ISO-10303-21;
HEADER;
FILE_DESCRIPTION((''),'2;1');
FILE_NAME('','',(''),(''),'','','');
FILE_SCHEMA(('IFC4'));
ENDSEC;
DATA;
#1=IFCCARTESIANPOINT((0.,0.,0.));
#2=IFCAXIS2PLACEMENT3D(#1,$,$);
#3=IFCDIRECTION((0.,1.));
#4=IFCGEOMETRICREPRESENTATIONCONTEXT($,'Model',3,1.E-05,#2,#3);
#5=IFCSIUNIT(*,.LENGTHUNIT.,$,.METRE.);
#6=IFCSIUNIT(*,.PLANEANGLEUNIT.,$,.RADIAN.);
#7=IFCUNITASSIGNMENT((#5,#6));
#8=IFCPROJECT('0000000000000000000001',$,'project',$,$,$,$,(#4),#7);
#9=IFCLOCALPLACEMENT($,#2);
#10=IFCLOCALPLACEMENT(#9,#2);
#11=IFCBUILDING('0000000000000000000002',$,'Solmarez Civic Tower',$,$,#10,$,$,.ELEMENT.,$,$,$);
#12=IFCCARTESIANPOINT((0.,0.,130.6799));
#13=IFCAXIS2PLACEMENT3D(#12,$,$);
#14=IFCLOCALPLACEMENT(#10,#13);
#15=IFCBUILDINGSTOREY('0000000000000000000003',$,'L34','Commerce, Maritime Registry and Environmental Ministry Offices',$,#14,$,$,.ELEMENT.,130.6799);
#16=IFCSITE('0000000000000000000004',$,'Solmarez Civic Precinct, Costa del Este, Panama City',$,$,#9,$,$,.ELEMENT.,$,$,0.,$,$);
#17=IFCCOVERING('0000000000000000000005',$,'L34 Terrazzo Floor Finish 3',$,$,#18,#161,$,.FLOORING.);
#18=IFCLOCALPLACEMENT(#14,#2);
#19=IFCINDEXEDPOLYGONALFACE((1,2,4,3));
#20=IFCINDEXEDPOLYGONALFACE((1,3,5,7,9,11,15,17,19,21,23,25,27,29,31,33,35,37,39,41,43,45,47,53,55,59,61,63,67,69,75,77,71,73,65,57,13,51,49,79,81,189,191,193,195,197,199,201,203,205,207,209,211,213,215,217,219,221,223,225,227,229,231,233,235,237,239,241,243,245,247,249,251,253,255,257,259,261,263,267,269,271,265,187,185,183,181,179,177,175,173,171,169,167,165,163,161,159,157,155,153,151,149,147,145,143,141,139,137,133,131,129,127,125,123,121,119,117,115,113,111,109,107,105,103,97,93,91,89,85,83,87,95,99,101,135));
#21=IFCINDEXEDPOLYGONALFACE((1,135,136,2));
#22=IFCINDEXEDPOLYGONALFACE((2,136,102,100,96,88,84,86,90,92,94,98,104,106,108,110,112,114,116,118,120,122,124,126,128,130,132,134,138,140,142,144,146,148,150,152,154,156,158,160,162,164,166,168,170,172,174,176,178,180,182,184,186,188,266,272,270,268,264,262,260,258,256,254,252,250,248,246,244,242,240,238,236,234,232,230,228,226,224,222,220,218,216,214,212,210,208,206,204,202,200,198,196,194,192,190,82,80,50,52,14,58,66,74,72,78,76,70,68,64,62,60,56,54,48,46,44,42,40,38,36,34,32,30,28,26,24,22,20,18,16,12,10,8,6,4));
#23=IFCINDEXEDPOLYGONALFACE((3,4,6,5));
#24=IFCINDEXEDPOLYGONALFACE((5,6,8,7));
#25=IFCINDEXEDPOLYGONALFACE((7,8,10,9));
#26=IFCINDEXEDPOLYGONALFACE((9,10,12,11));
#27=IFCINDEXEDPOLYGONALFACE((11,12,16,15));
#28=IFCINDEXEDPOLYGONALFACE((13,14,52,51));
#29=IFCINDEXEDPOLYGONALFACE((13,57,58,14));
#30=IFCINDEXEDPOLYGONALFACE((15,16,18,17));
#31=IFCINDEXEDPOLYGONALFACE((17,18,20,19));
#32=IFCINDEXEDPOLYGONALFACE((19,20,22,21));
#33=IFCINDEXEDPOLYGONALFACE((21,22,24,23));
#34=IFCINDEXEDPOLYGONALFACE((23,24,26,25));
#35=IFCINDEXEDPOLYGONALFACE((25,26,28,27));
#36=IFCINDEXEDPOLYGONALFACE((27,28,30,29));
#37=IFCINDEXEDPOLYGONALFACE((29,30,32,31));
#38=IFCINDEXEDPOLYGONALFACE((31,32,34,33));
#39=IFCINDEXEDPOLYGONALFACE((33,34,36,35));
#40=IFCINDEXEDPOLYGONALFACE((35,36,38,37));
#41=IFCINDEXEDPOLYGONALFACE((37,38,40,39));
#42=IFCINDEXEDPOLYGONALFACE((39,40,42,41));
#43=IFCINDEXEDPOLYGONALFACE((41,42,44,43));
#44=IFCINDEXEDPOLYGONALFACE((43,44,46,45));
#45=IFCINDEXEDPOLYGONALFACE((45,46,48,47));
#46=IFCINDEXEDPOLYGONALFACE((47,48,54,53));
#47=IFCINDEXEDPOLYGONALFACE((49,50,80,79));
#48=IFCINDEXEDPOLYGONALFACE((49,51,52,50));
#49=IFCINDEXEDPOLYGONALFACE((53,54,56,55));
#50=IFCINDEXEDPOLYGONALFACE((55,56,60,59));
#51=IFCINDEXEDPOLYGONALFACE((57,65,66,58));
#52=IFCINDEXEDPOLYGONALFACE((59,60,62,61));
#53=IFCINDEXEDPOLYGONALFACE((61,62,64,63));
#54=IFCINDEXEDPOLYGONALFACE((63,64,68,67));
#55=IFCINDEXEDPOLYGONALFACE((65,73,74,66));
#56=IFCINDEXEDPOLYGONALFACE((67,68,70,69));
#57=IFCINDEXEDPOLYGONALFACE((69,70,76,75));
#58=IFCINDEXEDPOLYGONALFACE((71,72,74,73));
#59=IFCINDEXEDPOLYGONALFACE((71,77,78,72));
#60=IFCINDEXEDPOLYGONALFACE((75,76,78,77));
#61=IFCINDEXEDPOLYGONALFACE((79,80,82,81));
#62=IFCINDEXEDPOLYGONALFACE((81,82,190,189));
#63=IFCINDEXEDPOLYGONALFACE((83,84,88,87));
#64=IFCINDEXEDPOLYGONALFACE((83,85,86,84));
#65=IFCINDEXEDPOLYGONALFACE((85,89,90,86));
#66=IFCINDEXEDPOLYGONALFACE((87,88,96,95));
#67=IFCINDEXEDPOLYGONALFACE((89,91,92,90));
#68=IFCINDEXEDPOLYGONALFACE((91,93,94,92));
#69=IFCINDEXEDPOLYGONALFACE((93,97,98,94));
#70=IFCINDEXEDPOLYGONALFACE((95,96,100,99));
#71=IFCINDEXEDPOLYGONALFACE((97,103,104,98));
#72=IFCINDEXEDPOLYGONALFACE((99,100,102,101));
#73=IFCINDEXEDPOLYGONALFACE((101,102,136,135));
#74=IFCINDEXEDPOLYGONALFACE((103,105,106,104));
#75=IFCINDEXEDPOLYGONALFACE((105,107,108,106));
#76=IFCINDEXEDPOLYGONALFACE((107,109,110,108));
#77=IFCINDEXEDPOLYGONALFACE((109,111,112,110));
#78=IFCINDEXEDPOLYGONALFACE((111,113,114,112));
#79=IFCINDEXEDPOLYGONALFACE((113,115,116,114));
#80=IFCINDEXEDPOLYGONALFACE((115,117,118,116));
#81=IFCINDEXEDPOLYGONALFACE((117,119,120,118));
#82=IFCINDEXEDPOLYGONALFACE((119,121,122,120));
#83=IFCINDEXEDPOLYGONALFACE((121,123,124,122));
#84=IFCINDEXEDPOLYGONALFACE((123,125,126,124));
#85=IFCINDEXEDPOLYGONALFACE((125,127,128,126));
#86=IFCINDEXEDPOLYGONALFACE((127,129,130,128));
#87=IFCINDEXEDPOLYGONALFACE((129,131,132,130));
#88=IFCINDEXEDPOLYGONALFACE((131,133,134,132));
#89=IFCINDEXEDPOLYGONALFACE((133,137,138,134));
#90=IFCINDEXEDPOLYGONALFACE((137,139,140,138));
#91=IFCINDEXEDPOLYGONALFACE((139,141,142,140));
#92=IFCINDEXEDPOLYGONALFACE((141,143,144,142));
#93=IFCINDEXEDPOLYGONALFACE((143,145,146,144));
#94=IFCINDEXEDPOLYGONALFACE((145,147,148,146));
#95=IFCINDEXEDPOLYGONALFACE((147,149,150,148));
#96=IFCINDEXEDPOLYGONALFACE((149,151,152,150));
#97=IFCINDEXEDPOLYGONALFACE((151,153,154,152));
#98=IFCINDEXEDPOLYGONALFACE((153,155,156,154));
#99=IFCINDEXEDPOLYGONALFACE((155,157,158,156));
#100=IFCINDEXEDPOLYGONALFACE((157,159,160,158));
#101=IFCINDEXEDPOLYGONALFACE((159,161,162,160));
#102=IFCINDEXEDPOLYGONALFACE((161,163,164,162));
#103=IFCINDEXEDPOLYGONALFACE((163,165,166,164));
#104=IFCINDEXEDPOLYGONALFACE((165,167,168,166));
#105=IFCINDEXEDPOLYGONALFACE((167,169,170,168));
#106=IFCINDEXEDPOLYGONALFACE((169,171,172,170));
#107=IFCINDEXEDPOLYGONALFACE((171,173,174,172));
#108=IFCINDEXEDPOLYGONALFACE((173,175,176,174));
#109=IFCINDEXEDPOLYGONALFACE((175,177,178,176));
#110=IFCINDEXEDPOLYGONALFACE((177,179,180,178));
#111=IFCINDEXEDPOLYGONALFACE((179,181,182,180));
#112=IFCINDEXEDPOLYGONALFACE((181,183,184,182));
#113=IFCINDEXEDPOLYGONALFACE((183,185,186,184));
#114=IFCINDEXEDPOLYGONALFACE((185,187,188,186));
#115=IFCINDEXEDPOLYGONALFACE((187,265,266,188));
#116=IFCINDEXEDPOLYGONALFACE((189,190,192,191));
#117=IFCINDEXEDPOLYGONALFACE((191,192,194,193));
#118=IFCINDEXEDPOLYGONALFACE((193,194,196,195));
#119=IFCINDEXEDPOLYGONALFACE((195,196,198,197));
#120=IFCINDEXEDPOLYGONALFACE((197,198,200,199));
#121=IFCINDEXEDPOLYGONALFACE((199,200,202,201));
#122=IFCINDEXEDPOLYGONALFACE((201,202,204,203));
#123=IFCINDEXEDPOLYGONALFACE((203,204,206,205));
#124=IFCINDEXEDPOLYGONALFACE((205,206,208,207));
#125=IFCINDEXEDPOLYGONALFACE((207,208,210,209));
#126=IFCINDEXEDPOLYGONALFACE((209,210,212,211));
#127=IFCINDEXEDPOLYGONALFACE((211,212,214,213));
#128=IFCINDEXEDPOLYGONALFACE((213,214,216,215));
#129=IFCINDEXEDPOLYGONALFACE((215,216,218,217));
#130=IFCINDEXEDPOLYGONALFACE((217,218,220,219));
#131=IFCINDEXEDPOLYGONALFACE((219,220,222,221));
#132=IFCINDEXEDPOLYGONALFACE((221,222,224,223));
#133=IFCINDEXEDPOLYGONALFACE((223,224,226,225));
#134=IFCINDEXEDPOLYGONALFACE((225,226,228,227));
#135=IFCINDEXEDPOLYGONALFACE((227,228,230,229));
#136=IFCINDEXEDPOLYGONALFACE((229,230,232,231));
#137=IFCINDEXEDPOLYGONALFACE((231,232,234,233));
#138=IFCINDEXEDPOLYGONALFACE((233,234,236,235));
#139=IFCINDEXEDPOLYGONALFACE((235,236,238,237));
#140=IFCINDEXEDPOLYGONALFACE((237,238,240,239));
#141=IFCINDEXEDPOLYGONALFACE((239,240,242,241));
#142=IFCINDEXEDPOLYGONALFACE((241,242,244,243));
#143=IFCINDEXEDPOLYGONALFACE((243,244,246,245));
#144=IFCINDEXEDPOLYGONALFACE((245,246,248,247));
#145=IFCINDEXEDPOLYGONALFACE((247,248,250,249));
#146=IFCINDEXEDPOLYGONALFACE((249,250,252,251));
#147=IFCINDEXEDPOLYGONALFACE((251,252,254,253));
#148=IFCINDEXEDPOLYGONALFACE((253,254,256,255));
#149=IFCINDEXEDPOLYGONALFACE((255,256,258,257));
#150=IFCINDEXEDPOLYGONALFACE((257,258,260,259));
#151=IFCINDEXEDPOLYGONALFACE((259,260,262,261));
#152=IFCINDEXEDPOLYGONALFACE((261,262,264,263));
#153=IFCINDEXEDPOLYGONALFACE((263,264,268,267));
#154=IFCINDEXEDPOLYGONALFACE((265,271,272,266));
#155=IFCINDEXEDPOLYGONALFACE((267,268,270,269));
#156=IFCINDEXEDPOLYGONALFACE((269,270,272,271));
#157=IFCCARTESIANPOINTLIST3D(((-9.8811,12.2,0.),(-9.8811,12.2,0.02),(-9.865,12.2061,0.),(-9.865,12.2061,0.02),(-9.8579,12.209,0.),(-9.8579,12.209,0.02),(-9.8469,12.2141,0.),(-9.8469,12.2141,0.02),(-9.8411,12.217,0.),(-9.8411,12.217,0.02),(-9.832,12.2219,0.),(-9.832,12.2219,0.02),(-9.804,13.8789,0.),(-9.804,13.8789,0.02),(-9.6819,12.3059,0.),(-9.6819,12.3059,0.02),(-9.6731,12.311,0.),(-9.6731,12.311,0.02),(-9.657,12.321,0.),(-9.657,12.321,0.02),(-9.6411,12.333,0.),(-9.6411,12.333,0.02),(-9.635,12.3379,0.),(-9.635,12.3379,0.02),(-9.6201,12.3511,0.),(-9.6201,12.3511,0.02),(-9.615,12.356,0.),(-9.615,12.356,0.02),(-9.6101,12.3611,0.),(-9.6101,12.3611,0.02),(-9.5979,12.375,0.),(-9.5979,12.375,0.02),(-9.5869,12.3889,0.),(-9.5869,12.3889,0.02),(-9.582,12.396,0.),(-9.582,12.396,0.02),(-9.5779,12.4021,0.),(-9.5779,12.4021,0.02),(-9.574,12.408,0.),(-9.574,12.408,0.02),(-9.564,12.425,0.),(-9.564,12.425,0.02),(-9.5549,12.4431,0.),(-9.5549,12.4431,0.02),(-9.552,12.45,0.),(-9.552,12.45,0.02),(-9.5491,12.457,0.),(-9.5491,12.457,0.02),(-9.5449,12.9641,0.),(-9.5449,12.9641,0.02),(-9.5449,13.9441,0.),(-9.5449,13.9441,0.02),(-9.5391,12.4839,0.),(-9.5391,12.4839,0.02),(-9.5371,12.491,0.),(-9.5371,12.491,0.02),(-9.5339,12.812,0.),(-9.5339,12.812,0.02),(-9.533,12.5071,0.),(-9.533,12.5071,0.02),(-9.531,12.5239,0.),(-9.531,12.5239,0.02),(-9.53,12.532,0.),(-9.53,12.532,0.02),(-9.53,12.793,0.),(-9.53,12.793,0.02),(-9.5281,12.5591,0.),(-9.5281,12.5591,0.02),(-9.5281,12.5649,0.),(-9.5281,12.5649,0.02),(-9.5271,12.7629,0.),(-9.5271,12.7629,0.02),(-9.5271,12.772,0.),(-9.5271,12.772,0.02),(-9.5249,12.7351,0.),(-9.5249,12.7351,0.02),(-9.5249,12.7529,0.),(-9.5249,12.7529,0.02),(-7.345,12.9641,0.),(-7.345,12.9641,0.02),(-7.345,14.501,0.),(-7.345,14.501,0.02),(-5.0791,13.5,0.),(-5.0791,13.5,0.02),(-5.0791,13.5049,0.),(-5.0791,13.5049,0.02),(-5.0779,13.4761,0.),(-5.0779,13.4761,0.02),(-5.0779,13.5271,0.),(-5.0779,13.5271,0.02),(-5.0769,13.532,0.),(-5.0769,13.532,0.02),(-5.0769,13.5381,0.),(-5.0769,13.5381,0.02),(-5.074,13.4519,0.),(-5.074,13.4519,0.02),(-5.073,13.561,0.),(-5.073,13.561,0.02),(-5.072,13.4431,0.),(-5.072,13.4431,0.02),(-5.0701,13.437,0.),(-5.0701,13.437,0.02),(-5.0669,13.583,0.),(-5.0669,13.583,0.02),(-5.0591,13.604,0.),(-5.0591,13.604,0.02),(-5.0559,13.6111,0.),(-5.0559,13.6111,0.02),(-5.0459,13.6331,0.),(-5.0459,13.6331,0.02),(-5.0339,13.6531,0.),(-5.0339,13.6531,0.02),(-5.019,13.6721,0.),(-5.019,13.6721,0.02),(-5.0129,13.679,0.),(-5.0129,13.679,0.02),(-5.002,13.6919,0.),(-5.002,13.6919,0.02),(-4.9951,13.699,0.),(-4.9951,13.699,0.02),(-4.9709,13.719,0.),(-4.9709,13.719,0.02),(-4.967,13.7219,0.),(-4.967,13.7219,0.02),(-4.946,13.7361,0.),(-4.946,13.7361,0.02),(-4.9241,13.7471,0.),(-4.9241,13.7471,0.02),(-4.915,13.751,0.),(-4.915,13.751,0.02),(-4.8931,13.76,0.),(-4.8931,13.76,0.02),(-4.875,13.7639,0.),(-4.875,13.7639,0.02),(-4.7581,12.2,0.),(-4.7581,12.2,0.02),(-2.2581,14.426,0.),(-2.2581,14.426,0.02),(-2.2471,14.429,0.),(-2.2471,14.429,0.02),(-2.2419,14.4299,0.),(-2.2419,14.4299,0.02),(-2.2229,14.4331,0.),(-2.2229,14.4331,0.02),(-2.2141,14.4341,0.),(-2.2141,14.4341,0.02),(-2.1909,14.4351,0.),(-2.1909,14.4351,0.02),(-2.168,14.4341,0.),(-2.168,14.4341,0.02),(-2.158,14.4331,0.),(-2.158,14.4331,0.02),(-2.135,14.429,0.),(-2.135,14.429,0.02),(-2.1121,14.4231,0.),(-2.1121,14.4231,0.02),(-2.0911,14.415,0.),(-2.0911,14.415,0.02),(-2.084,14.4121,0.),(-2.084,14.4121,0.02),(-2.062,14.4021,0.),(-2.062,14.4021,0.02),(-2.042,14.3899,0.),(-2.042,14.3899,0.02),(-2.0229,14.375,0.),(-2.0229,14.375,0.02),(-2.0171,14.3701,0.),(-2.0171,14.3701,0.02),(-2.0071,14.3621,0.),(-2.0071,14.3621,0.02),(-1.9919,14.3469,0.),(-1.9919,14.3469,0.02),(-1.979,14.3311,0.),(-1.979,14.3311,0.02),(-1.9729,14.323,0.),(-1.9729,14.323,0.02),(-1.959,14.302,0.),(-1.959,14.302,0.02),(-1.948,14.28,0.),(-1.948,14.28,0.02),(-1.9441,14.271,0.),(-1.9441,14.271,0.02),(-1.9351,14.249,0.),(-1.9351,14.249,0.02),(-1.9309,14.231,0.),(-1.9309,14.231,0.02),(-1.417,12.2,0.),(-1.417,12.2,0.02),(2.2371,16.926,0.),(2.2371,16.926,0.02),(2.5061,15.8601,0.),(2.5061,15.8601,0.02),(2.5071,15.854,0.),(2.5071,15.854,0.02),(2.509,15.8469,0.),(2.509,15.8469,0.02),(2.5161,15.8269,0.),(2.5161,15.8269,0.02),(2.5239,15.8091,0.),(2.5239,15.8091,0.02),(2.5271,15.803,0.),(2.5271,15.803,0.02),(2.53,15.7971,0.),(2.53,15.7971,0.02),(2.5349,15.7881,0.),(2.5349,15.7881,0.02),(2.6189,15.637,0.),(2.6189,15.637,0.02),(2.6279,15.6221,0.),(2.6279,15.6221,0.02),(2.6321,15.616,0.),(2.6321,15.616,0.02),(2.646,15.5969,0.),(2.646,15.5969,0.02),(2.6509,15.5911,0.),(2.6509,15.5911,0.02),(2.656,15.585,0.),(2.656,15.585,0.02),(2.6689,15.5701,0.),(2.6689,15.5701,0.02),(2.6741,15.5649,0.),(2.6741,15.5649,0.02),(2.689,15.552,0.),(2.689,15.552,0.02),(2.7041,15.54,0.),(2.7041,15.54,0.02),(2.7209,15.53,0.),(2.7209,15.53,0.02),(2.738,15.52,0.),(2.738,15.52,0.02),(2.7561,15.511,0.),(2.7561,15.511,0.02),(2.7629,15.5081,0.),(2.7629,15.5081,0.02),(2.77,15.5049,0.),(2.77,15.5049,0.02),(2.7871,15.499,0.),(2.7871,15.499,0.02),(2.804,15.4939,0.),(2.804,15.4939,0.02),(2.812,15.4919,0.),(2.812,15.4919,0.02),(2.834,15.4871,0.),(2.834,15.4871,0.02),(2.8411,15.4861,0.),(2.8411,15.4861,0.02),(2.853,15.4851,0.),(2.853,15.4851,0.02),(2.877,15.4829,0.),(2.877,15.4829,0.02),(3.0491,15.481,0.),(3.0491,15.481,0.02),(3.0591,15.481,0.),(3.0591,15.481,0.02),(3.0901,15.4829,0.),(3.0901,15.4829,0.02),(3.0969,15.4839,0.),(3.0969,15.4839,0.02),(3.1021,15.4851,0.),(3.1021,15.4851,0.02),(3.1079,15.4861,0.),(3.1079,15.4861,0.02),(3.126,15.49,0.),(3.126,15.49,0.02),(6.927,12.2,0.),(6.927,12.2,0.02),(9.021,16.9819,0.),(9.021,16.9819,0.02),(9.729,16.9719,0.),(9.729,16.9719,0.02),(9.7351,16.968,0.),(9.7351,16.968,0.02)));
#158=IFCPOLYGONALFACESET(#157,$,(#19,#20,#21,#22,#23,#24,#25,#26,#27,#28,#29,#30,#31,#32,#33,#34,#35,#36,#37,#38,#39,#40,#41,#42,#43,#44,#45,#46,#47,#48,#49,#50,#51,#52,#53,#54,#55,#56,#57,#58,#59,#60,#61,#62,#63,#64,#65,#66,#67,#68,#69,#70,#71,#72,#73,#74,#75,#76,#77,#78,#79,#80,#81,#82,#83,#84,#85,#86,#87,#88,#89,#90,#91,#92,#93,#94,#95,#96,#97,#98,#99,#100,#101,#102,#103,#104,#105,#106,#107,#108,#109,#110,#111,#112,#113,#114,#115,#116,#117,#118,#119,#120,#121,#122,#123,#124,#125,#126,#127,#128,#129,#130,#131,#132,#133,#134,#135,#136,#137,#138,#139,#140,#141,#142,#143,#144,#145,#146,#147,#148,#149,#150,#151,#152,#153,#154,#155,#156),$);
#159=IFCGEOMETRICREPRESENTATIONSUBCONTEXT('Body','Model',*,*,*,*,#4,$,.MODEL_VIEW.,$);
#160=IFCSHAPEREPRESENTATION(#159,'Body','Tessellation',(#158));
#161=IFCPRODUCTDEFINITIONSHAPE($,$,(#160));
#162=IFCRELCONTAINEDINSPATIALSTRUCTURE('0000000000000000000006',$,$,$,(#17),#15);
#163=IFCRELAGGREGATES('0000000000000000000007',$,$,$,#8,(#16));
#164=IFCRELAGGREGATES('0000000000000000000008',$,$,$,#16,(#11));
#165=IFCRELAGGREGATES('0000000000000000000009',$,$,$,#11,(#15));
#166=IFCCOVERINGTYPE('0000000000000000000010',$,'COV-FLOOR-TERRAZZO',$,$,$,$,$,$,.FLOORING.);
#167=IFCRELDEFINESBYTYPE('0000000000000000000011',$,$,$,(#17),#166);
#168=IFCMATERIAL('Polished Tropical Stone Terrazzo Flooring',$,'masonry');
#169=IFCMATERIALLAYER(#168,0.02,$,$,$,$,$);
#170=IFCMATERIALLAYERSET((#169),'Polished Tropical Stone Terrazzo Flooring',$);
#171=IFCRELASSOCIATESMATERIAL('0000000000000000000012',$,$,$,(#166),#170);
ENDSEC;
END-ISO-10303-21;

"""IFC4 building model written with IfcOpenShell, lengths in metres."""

from ifc_helpers import new_model, si_unit, direction, frame, origin, place, context, subcontext, project, spatial, polyline, outline, extrude, material, layer, layer_set, type_object, element, save


model = new_model("IFC4")

# Units and contexts
model_context = context("Model", 3, precision=1e-05, world=origin(), true_north=direction((0.0, 1.0)))
body_context = subcontext(model_context, "Body", "Model", "MODEL_VIEW")
ifc_project = project(units=[si_unit("LENGTHUNIT", "METRE"), si_unit("PLANEANGLEUNIT", "RADIAN")], contexts=[model_context])

# Site, building, storey
site_placement = place(None, origin())
site = spatial("IfcSite", under=ifc_project, at=site_placement, Name="Solmarez Civic Precinct, Costa del Este, Panama City", CompositionType="ELEMENT", RefElevation=0.0)
building_placement = place(site_placement, origin())
building = spatial("IfcBuilding", under=site, at=building_placement, Name="Solmarez Civic Tower", CompositionType="ELEMENT")
storey_placement = place(building_placement, frame((0.0, 0.0, 130.6799)))
storey = spatial("IfcBuildingStorey", under=building, at=storey_placement, Name="L34", Description="Commerce, Maritime Registry and Environmental Ministry Offices", CompositionType="ELEMENT", Elevation=130.6799)

# Covering
ifc_material_1 = material(Name="Polished Tropical Stone Terrazzo Flooring", Category="masonry")
ifc_layer_1 = layer(ifc_material_1, 0.02)
ifc_layer_set_1 = layer_set([ifc_layer_1], Name="Polished Tropical Stone Terrazzo Flooring")
covering_type_1 = type_object("IfcCoveringType", Name="COV-FLOOR-TERRAZZO", PredefinedType="FLOORING", material=ifc_layer_set_1)
covering_1_placement = place(storey_placement, origin())
element("IfcCovering", 1, at=covering_1_placement, inside=storey, type_object=covering_type_1, Name="L34 Terrazzo Floor Finish 3", PredefinedType="FLOORING", context=body_context, shape_type="SweptSolid", body=[
    extrude(outline(polyline([(-9.804, 13.8789), (-9.5339, 12.812), (-9.53, 12.793), (-9.5271, 12.772), (-9.5271, 12.7629), (-9.5249, 12.7529), (-9.5249, 12.7351), (-9.5281, 12.5649), (-9.5281, 12.5591), (-9.53, 12.532), (-9.531, 12.5239), (-9.533, 12.5071), (-9.5371, 12.491), (-9.5391, 12.4839), (-9.5491, 12.457), (-9.552, 12.45), (-9.5549, 12.4431), (-9.564, 12.425), (-9.574, 12.408), (-9.5779, 12.4021), (-9.582, 12.396), (-9.5869, 12.3889), (-9.5979, 12.375), (-9.6101, 12.3611), (-9.615, 12.356), (-9.6201, 12.3511), (-9.635, 12.3379), (-9.6411, 12.333), (-9.657, 12.321), (-9.6731, 12.311), (-9.6819, 12.3059), (-9.832, 12.2219), (-9.8411, 12.217), (-9.8469, 12.2141), (-9.8579, 12.209), (-9.865, 12.2061), (-9.8811, 12.2), (-4.7581, 12.2), (-5.0701, 13.437), (-5.072, 13.4431), (-5.074, 13.4519), (-5.0779, 13.4761), (-5.0791, 13.5), (-5.0791, 13.5049), (-5.0779, 13.5271), (-5.0769, 13.532), (-5.0769, 13.5381), (-5.073, 13.561), (-5.0669, 13.583), (-5.0591, 13.604), (-5.0559, 13.6111), (-5.0459, 13.6331), (-5.0339, 13.6531), (-5.019, 13.6721), (-5.0129, 13.679), (-5.002, 13.6919), (-4.9951, 13.699), (-4.9709, 13.719), (-4.967, 13.7219), (-4.946, 13.7361), (-4.9241, 13.7471), (-4.915, 13.751), (-4.8931, 13.76), (-4.875, 13.7639), (-2.2581, 14.426), (-2.2471, 14.429), (-2.2419, 14.4299), (-2.2229, 14.4331), (-2.2141, 14.4341), (-2.1909, 14.4351), (-2.168, 14.4341), (-2.158, 14.4331), (-2.135, 14.429), (-2.1121, 14.4231), (-2.0911, 14.415), (-2.084, 14.4121), (-2.062, 14.4021), (-2.042, 14.3899), (-2.0229, 14.375), (-2.0171, 14.3701), (-2.0071, 14.3621), (-1.9919, 14.3469), (-1.979, 14.3311), (-1.9729, 14.323), (-1.959, 14.302), (-1.948, 14.28), (-1.9441, 14.271), (-1.9351, 14.249), (-1.9309, 14.231), (-1.417, 12.2), (6.927, 12.2), (9.7351, 16.968), (9.729, 16.9719), (9.021, 16.9819), (3.126, 15.49), (3.1079, 15.4861), (3.1021, 15.4851), (3.0969, 15.4839), (3.0901, 15.4829), (3.0591, 15.481), (3.0491, 15.481), (2.877, 15.4829), (2.853, 15.4851), (2.8411, 15.4861), (2.834, 15.4871), (2.812, 15.4919), (2.804, 15.4939), (2.7871, 15.499), (2.77, 15.5049), (2.7629, 15.5081), (2.7561, 15.511), (2.738, 15.52), (2.7209, 15.53), (2.7041, 15.54), (2.689, 15.552), (2.6741, 15.5649), (2.6689, 15.5701), (2.656, 15.585), (2.6509, 15.5911), (2.646, 15.5969), (2.6321, 15.616), (2.6279, 15.6221), (2.6189, 15.637), (2.5349, 15.7881), (2.53, 15.7971), (2.5271, 15.803), (2.5239, 15.8091), (2.5161, 15.8269), (2.509, 15.8469), (2.5071, 15.854), (2.5061, 15.8601), (2.2371, 16.926), (-7.345, 14.501), (-7.345, 12.9641), (-9.5449, 12.9641), (-9.5449, 13.9441), (-9.804, 13.8789)])), origin(), (0.0, 0.0, 1.0), 0.02),
])

save(model, "model.ifc")
